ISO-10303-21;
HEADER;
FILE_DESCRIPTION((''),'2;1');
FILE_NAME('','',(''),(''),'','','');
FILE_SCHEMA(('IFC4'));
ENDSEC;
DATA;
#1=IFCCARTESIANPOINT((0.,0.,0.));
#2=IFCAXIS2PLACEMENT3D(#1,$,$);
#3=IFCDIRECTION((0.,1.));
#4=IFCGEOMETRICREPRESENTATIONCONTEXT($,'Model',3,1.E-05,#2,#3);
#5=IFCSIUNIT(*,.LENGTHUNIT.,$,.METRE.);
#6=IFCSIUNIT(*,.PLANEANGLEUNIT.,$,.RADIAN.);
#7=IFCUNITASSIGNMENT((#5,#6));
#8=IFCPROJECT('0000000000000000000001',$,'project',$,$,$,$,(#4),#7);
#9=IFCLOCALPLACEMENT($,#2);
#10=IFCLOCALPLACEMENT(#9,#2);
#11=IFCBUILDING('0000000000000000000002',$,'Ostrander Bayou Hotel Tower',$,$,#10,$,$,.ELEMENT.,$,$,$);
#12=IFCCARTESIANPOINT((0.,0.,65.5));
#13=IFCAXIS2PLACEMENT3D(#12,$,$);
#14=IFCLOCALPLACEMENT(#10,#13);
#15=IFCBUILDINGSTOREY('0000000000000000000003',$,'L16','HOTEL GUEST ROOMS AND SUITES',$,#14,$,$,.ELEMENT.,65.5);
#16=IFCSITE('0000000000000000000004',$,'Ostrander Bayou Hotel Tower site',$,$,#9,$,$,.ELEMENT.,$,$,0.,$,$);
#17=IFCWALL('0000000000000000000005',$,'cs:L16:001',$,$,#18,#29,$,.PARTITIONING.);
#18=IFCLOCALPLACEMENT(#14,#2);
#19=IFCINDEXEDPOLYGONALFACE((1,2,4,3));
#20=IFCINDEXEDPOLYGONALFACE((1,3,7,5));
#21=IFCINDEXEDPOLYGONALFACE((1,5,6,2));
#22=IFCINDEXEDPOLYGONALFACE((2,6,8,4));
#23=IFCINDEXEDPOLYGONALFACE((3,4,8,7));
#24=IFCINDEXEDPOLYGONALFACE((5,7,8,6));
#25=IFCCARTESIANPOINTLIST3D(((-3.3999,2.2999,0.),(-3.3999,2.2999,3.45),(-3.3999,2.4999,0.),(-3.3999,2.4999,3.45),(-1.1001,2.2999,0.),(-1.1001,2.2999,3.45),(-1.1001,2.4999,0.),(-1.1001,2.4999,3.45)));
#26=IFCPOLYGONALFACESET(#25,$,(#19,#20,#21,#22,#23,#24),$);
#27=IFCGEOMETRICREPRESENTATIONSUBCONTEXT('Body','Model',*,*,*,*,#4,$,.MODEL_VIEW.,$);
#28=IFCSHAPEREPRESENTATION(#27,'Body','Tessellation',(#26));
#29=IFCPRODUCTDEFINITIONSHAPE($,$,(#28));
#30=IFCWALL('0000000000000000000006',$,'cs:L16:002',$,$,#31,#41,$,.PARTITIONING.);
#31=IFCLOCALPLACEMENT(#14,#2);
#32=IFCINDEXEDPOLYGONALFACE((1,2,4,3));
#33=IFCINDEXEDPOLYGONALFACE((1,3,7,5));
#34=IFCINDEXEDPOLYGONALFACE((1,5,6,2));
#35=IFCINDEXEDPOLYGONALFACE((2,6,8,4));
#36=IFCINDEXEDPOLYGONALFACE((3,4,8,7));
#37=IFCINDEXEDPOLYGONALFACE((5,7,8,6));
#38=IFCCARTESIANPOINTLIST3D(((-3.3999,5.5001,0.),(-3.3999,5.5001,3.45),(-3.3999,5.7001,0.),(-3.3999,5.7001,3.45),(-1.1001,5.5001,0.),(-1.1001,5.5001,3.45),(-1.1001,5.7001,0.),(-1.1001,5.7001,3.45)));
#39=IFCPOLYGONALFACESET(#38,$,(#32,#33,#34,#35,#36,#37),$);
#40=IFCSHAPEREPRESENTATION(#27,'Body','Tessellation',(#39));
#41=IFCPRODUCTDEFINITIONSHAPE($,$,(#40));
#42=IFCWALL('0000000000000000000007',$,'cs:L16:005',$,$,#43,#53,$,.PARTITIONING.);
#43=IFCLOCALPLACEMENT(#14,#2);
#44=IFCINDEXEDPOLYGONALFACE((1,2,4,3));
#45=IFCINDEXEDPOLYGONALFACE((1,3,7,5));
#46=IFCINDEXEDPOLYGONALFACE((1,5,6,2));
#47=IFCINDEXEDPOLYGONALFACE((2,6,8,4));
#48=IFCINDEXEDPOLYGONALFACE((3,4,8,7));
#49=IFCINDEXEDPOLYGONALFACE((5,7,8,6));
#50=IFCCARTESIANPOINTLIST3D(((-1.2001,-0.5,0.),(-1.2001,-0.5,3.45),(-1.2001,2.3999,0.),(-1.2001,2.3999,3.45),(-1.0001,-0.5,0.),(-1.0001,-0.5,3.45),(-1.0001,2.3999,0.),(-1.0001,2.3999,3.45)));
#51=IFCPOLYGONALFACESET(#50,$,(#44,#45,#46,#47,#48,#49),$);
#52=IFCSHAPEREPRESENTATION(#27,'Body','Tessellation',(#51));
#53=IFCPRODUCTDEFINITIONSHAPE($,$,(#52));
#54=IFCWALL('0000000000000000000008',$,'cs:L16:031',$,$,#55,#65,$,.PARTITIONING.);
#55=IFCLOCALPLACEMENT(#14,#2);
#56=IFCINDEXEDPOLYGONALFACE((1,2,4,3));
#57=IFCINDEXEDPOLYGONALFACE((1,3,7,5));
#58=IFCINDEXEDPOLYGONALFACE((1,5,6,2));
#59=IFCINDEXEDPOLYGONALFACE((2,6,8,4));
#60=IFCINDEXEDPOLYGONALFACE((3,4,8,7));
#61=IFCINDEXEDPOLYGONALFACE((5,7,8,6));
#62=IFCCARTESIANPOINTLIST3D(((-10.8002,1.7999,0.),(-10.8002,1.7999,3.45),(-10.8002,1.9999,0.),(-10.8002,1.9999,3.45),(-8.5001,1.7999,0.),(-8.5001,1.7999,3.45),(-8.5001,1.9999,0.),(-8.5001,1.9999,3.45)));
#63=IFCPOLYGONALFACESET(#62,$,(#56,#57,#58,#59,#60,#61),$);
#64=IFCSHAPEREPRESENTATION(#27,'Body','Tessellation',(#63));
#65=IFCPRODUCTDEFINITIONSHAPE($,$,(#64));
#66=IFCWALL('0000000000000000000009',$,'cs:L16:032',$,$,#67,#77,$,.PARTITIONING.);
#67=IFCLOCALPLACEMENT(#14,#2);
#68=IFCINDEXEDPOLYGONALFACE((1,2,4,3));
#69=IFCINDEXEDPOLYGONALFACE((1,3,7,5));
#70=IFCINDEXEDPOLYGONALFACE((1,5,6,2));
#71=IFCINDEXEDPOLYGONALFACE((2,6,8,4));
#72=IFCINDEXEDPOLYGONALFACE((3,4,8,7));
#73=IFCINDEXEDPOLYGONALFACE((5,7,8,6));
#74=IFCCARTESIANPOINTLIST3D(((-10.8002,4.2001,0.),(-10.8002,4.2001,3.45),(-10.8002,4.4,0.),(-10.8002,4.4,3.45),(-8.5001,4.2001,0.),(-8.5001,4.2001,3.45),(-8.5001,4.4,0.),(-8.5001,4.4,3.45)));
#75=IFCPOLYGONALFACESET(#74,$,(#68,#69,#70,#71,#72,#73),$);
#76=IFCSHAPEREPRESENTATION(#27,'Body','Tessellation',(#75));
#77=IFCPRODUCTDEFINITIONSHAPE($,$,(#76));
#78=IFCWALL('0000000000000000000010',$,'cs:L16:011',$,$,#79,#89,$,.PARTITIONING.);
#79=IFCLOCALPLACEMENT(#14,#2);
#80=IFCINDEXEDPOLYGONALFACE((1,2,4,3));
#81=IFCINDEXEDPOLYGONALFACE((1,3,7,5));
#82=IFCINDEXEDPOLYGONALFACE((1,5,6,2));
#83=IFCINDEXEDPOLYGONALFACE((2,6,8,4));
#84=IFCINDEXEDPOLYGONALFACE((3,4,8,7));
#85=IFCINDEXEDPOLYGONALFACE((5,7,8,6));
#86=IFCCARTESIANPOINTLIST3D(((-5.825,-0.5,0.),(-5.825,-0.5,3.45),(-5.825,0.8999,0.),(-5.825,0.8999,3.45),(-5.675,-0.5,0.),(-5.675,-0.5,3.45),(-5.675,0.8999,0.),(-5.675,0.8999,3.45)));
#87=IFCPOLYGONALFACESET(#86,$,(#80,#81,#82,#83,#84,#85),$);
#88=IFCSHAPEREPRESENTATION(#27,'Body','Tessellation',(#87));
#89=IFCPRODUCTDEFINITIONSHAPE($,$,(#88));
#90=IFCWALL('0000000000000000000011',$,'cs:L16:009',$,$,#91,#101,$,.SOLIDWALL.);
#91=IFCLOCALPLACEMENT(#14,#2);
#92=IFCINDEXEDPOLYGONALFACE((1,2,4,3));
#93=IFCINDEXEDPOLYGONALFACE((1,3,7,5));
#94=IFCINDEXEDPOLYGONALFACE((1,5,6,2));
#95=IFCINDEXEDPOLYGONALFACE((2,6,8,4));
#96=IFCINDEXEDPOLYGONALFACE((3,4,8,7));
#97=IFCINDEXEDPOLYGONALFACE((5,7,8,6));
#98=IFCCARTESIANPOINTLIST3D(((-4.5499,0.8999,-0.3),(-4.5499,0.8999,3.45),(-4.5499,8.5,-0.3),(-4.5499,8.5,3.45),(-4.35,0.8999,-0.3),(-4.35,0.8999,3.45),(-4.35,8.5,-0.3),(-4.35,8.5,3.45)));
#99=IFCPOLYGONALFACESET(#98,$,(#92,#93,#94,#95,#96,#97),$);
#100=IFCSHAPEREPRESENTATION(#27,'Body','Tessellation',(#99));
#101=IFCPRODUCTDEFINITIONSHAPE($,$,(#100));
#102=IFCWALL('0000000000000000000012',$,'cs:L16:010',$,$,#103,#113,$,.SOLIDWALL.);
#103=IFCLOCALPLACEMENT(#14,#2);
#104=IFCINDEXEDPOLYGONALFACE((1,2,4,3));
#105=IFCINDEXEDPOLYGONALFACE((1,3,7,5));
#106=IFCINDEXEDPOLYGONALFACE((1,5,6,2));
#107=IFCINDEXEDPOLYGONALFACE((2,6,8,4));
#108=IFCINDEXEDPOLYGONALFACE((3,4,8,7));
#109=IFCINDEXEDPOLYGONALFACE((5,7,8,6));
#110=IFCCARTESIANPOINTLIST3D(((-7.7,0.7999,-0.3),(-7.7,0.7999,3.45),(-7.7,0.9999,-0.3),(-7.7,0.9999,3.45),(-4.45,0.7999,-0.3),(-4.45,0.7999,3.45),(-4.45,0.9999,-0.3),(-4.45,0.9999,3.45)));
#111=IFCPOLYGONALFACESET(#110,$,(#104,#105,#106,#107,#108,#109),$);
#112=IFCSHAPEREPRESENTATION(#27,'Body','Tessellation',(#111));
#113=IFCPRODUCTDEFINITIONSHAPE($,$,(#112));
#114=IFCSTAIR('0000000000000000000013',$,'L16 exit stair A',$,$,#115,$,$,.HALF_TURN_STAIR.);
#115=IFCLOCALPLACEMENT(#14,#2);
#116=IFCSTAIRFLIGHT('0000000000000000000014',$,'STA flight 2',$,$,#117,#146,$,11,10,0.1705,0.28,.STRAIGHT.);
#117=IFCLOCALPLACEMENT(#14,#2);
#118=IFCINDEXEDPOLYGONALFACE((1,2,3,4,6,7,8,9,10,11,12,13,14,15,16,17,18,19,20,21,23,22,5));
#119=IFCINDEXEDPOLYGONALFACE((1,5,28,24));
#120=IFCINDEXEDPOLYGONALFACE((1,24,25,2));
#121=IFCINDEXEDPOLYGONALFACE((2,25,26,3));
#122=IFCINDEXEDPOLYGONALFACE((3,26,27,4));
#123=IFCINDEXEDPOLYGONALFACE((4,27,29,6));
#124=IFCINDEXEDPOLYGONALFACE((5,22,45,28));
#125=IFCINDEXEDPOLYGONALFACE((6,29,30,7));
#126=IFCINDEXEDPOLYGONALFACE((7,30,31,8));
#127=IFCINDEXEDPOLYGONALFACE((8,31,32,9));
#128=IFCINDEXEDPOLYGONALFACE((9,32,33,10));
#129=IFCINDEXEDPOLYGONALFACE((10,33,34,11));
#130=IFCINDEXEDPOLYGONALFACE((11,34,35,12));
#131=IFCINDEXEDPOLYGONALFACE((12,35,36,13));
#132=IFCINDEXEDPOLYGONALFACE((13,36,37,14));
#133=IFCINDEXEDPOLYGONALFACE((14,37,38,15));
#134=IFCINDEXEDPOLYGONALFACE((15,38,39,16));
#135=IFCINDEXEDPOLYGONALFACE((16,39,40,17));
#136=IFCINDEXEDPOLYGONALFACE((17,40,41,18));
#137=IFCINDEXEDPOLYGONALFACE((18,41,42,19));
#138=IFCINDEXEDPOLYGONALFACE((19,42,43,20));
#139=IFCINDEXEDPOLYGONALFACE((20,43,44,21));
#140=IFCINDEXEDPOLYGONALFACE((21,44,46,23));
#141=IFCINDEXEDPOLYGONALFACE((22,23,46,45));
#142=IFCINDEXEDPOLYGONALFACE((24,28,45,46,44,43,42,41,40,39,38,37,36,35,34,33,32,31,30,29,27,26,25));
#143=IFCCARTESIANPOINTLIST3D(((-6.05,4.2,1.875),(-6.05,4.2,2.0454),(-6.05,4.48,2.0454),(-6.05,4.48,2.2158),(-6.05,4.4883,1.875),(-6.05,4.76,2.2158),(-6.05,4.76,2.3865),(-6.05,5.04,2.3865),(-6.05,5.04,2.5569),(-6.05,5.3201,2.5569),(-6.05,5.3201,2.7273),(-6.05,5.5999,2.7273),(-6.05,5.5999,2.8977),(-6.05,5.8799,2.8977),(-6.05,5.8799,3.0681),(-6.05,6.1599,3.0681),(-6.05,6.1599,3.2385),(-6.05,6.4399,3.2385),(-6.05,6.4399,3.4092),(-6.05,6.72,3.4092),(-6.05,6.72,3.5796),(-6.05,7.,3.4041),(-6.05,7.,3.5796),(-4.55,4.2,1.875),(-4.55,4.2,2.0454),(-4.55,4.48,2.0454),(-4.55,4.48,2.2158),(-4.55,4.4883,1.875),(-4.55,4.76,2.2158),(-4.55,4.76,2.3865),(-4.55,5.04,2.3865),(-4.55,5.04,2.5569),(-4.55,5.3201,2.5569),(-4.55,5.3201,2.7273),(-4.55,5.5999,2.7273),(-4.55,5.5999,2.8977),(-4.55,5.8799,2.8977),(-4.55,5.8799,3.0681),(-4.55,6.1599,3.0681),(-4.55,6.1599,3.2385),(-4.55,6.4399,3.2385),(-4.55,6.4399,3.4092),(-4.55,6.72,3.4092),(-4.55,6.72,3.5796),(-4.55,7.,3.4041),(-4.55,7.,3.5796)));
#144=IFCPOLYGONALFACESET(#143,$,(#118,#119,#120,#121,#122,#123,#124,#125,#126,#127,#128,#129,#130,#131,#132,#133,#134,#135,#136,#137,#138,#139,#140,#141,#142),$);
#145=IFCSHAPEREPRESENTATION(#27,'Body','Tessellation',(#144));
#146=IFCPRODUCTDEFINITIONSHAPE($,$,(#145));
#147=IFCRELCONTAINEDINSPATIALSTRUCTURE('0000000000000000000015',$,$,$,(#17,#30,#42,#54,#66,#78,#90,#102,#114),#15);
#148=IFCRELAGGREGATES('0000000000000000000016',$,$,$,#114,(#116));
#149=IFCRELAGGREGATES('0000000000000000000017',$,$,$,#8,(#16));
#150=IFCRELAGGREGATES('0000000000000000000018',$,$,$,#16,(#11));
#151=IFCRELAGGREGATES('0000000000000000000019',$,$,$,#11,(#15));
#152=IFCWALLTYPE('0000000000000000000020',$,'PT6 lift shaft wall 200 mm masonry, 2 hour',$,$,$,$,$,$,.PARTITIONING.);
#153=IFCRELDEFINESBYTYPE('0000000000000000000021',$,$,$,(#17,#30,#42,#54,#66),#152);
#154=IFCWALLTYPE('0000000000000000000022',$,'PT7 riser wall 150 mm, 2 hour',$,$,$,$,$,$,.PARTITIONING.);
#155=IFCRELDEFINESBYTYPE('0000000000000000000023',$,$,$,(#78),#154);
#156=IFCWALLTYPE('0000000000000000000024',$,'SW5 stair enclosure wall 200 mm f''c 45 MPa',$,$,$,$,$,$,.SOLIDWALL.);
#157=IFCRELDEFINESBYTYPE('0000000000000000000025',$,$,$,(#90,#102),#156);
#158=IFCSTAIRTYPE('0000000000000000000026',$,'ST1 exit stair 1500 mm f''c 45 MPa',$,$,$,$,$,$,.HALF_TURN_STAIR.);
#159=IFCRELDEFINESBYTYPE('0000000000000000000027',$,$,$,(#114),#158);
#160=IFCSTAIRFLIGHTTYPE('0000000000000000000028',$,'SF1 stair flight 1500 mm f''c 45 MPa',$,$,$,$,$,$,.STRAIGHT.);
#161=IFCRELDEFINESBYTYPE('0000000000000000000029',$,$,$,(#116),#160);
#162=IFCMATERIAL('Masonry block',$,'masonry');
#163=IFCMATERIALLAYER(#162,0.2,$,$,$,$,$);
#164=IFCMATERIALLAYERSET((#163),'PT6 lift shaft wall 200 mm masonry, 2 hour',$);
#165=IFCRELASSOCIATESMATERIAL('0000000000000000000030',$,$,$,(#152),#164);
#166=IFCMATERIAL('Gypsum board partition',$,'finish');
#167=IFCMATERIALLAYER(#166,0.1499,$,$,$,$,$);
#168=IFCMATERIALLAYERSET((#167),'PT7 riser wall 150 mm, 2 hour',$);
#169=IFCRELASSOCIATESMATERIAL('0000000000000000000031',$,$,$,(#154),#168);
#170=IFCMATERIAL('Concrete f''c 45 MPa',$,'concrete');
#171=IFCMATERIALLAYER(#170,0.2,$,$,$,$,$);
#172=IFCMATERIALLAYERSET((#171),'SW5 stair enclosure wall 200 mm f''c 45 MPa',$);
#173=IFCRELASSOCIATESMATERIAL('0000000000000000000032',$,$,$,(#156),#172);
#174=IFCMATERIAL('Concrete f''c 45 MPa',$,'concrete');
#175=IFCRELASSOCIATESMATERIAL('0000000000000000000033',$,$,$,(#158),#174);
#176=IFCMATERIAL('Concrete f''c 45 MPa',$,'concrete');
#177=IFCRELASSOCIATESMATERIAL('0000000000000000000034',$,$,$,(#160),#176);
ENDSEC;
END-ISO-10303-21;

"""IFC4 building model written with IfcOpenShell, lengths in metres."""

from ifc_helpers import new_model, si_unit, direction, frame, frame_2d, origin, place, context, subcontext, project, spatial, polyline, rectangle, outline, extrude, material, layer, layer_set, type_object, element, aggregate, save


model = new_model("IFC4")

# Units and contexts
model_context = context("Model", 3, precision=1e-05, world=origin(), true_north=direction((0.0, 1.0)))
body_context = subcontext(model_context, "Body", "Model", "MODEL_VIEW")
ifc_project = project(units=[si_unit("LENGTHUNIT", "METRE"), si_unit("PLANEANGLEUNIT", "RADIAN")], contexts=[model_context])

# Site, building, storey
site_placement = place(None, origin())
site = spatial("IfcSite", under=ifc_project, at=site_placement, Name="Ostrander Bayou Hotel Tower site", CompositionType="ELEMENT", RefElevation=0.0)
building_placement = place(site_placement, origin())
building = spatial("IfcBuilding", under=site, at=building_placement, Name="Ostrander Bayou Hotel Tower", CompositionType="ELEMENT")
storey_placement = place(building_placement, frame((0.0, 0.0, 65.5)))
storey = spatial("IfcBuildingStorey", under=building, at=storey_placement, Name="L16", Description="HOTEL GUEST ROOMS AND SUITES", CompositionType="ELEMENT", Elevation=65.5)

# Walls
ifc_material_1 = material(Name="Masonry block", Category="masonry")
ifc_layer_1 = layer(ifc_material_1, 0.2)
ifc_layer_set_1 = layer_set([ifc_layer_1], Name="PT6 lift shaft wall 200 mm masonry, 2 hour")
wall_type_1 = type_object("IfcWallType", Name="PT6 lift shaft wall 200 mm masonry, 2 hour", PredefinedType="PARTITIONING", material=ifc_layer_set_1)
for number, where, z_axis, x_axis, name in (
    (1, (-3.3999, 2.3999, 0.0), (0.0, 0.0, 1.0), (1.0, 0.0, 0.0), "cs:L16:001"),
    (2, (-3.3999, 5.6001, 0.0), (0.0, 0.0, 1.0), (1.0, 0.0, 0.0), "cs:L16:002"),
):
    element("IfcWall", number, at=place(storey_placement, frame(where, z_axis=z_axis, x_axis=x_axis)), inside=storey, type_object=wall_type_1, Name=name, PredefinedType="PARTITIONING", context=body_context, shape_type="SweptSolid", body=[
        extrude(rectangle(XDim=2.2998, YDim=0.2, at=frame_2d((1.1499, 0.0))), origin(), (0.0, 0.0, 1.0), 3.45),
    ])
wall_1_placement = place(storey_placement, frame((-1.1001, -0.5, 0.0), z_axis=(0.0, 0.0, 1.0), x_axis=(0.0, 1.0, 0.0)))
element("IfcWall", 3, at=wall_1_placement, inside=storey, type_object=wall_type_1, Name="cs:L16:005", PredefinedType="PARTITIONING", context=body_context, shape_type="SweptSolid", body=[
    extrude(rectangle(XDim=2.8999, YDim=0.2, at=frame_2d((1.45, 0.0))), origin(), (0.0, 0.0, 1.0), 3.45),
])
for number, where, z_axis, x_axis, name in (
    (4, (-10.8, 1.8999, 0.0), (0.0, 0.0, 1.0), (1.0, 0.0, 0.0), "cs:L16:031"),
    (5, (-10.8, 4.3, 0.0), (0.0, 0.0, 1.0), (1.0, 0.0, 0.0), "cs:L16:032"),
):
    element("IfcWall", number, at=place(storey_placement, frame(where, z_axis=z_axis, x_axis=x_axis)), inside=storey, type_object=wall_type_1, Name=name, PredefinedType="PARTITIONING", context=body_context, shape_type="SweptSolid", body=[
        extrude(rectangle(XDim=2.3, YDim=0.2, at=frame_2d((1.1499, 0.0))), origin(), (0.0, 0.0, 1.0), 3.45),
    ])
ifc_material_2 = material(Name="Gypsum board partition", Category="finish")
ifc_layer_2 = layer(ifc_material_2, 0.1499)
ifc_layer_set_2 = layer_set([ifc_layer_2], Name="PT7 riser wall 150 mm, 2 hour")
wall_type_2 = type_object("IfcWallType", Name="PT7 riser wall 150 mm, 2 hour", PredefinedType="PARTITIONING", material=ifc_layer_set_2)
wall_2_placement = place(storey_placement, frame((-5.75, -0.5, 0.0), z_axis=(0.0, 0.0, 1.0), x_axis=(0.0, 1.0, 0.0)))
element("IfcWall", 6, at=wall_2_placement, inside=storey, type_object=wall_type_2, Name="cs:L16:011", PredefinedType="PARTITIONING", context=body_context, shape_type="SweptSolid", body=[
    extrude(rectangle(XDim=1.3999, YDim=0.1499, at=frame_2d((0.7, 0.0))), origin(), (0.0, 0.0, 1.0), 3.45),
])
ifc_material_3 = material(Name="Concrete f'c 45 MPa", Category="concrete")
ifc_layer_3 = layer(ifc_material_3, 0.2)
ifc_layer_set_3 = layer_set([ifc_layer_3], Name="SW5 stair enclosure wall 200 mm f'c 45 MPa")
wall_type_3 = type_object("IfcWallType", Name="SW5 stair enclosure wall 200 mm f'c 45 MPa", PredefinedType="SOLIDWALL", material=ifc_layer_set_3)
wall_3_placement = place(storey_placement, frame((-4.45, 0.8999, -0.3), z_axis=(0.0, 0.0, 1.0), x_axis=(0.0, 1.0, 0.0)))
element("IfcWall", 7, at=wall_3_placement, inside=storey, type_object=wall_type_3, Name="cs:L16:009", PredefinedType="SOLIDWALL", context=body_context, shape_type="SweptSolid", body=[
    extrude(rectangle(XDim=7.6001, YDim=0.2, at=frame_2d((3.8, 0.0))), origin(), (0.0, 0.0, 1.0), 3.75),
])
wall_4_placement = place(storey_placement, frame((-7.7, 0.8999, -0.3), z_axis=(0.0, 0.0, 1.0), x_axis=(1.0, 0.0, 0.0)))
element("IfcWall", 8, at=wall_4_placement, inside=storey, type_object=wall_type_3, Name="cs:L16:010", PredefinedType="SOLIDWALL", context=body_context, shape_type="SweptSolid", body=[
    extrude(rectangle(XDim=3.25, YDim=0.2, at=frame_2d((1.625, 0.0))), origin(), (0.0, 0.0, 1.0), 3.75),
])

# Stair, stair flight
ifc_material_4 = material(Name="Concrete f'c 45 MPa", Category="concrete")
stair_type = type_object("IfcStairType", Name="ST1 exit stair 1500 mm f'c 45 MPa", PredefinedType="HALF_TURN_STAIR", material=ifc_material_4)
stair_placement = place(storey_placement, origin())
stair = element("IfcStair", 9, at=stair_placement, inside=storey, type_object=stair_type, Name="L16 exit stair A", PredefinedType="HALF_TURN_STAIR")
ifc_material_5 = material(Name="Concrete f'c 45 MPa", Category="concrete")
stair_flight_type = type_object("IfcStairFlightType", Name="SF1 stair flight 1500 mm f'c 45 MPa", PredefinedType="STRAIGHT", material=ifc_material_5)
stair_flight_placement = place(storey_placement, frame((-5.3, 4.2, 1.875), z_axis=(0.0, 0.0, 1.0), x_axis=(0.0, 1.0, 0.0)))
stair_flight = element("IfcStairFlight", 10, at=stair_flight_placement, type_object=stair_flight_type, Name="STA flight 2", NumberOfRisers=11, NumberOfTreads=10, PredefinedType="STRAIGHT", RiserHeight=0.1705, TreadLength=0.28, context=body_context, shape_type="SweptSolid", body=[
    extrude(outline(polyline([(0.0, 0.0), (0.0, 0.1704), (0.28, 0.1704), (0.28, 0.3408), (0.5601, 0.3408), (0.5601, 0.5115), (0.8401, 0.5115), (0.8401, 0.6819), (1.1201, 0.6819), (1.1201, 0.8523), (1.3999, 0.8523), (1.3999, 1.0227), (1.6799, 1.0227), (1.6799, 1.1931), (1.96, 1.1931), (1.96, 1.3635), (2.24, 1.3635), (2.24, 1.5342), (2.52, 1.5342), (2.52, 1.7046), (2.8, 1.7046), (2.8, 1.875), (2.8, 1.5291), (0.2883, 0.0), (0.0, 0.0)])), frame((0.0, 0.75, 0.0), z_axis=(0.0, -1.0, 0.0), x_axis=(1.0, 0.0, 0.0)), (0.0, 0.0, 1.0), 1.5),
])
aggregate(stair, [stair_flight])

save(model, "model.ifc")
